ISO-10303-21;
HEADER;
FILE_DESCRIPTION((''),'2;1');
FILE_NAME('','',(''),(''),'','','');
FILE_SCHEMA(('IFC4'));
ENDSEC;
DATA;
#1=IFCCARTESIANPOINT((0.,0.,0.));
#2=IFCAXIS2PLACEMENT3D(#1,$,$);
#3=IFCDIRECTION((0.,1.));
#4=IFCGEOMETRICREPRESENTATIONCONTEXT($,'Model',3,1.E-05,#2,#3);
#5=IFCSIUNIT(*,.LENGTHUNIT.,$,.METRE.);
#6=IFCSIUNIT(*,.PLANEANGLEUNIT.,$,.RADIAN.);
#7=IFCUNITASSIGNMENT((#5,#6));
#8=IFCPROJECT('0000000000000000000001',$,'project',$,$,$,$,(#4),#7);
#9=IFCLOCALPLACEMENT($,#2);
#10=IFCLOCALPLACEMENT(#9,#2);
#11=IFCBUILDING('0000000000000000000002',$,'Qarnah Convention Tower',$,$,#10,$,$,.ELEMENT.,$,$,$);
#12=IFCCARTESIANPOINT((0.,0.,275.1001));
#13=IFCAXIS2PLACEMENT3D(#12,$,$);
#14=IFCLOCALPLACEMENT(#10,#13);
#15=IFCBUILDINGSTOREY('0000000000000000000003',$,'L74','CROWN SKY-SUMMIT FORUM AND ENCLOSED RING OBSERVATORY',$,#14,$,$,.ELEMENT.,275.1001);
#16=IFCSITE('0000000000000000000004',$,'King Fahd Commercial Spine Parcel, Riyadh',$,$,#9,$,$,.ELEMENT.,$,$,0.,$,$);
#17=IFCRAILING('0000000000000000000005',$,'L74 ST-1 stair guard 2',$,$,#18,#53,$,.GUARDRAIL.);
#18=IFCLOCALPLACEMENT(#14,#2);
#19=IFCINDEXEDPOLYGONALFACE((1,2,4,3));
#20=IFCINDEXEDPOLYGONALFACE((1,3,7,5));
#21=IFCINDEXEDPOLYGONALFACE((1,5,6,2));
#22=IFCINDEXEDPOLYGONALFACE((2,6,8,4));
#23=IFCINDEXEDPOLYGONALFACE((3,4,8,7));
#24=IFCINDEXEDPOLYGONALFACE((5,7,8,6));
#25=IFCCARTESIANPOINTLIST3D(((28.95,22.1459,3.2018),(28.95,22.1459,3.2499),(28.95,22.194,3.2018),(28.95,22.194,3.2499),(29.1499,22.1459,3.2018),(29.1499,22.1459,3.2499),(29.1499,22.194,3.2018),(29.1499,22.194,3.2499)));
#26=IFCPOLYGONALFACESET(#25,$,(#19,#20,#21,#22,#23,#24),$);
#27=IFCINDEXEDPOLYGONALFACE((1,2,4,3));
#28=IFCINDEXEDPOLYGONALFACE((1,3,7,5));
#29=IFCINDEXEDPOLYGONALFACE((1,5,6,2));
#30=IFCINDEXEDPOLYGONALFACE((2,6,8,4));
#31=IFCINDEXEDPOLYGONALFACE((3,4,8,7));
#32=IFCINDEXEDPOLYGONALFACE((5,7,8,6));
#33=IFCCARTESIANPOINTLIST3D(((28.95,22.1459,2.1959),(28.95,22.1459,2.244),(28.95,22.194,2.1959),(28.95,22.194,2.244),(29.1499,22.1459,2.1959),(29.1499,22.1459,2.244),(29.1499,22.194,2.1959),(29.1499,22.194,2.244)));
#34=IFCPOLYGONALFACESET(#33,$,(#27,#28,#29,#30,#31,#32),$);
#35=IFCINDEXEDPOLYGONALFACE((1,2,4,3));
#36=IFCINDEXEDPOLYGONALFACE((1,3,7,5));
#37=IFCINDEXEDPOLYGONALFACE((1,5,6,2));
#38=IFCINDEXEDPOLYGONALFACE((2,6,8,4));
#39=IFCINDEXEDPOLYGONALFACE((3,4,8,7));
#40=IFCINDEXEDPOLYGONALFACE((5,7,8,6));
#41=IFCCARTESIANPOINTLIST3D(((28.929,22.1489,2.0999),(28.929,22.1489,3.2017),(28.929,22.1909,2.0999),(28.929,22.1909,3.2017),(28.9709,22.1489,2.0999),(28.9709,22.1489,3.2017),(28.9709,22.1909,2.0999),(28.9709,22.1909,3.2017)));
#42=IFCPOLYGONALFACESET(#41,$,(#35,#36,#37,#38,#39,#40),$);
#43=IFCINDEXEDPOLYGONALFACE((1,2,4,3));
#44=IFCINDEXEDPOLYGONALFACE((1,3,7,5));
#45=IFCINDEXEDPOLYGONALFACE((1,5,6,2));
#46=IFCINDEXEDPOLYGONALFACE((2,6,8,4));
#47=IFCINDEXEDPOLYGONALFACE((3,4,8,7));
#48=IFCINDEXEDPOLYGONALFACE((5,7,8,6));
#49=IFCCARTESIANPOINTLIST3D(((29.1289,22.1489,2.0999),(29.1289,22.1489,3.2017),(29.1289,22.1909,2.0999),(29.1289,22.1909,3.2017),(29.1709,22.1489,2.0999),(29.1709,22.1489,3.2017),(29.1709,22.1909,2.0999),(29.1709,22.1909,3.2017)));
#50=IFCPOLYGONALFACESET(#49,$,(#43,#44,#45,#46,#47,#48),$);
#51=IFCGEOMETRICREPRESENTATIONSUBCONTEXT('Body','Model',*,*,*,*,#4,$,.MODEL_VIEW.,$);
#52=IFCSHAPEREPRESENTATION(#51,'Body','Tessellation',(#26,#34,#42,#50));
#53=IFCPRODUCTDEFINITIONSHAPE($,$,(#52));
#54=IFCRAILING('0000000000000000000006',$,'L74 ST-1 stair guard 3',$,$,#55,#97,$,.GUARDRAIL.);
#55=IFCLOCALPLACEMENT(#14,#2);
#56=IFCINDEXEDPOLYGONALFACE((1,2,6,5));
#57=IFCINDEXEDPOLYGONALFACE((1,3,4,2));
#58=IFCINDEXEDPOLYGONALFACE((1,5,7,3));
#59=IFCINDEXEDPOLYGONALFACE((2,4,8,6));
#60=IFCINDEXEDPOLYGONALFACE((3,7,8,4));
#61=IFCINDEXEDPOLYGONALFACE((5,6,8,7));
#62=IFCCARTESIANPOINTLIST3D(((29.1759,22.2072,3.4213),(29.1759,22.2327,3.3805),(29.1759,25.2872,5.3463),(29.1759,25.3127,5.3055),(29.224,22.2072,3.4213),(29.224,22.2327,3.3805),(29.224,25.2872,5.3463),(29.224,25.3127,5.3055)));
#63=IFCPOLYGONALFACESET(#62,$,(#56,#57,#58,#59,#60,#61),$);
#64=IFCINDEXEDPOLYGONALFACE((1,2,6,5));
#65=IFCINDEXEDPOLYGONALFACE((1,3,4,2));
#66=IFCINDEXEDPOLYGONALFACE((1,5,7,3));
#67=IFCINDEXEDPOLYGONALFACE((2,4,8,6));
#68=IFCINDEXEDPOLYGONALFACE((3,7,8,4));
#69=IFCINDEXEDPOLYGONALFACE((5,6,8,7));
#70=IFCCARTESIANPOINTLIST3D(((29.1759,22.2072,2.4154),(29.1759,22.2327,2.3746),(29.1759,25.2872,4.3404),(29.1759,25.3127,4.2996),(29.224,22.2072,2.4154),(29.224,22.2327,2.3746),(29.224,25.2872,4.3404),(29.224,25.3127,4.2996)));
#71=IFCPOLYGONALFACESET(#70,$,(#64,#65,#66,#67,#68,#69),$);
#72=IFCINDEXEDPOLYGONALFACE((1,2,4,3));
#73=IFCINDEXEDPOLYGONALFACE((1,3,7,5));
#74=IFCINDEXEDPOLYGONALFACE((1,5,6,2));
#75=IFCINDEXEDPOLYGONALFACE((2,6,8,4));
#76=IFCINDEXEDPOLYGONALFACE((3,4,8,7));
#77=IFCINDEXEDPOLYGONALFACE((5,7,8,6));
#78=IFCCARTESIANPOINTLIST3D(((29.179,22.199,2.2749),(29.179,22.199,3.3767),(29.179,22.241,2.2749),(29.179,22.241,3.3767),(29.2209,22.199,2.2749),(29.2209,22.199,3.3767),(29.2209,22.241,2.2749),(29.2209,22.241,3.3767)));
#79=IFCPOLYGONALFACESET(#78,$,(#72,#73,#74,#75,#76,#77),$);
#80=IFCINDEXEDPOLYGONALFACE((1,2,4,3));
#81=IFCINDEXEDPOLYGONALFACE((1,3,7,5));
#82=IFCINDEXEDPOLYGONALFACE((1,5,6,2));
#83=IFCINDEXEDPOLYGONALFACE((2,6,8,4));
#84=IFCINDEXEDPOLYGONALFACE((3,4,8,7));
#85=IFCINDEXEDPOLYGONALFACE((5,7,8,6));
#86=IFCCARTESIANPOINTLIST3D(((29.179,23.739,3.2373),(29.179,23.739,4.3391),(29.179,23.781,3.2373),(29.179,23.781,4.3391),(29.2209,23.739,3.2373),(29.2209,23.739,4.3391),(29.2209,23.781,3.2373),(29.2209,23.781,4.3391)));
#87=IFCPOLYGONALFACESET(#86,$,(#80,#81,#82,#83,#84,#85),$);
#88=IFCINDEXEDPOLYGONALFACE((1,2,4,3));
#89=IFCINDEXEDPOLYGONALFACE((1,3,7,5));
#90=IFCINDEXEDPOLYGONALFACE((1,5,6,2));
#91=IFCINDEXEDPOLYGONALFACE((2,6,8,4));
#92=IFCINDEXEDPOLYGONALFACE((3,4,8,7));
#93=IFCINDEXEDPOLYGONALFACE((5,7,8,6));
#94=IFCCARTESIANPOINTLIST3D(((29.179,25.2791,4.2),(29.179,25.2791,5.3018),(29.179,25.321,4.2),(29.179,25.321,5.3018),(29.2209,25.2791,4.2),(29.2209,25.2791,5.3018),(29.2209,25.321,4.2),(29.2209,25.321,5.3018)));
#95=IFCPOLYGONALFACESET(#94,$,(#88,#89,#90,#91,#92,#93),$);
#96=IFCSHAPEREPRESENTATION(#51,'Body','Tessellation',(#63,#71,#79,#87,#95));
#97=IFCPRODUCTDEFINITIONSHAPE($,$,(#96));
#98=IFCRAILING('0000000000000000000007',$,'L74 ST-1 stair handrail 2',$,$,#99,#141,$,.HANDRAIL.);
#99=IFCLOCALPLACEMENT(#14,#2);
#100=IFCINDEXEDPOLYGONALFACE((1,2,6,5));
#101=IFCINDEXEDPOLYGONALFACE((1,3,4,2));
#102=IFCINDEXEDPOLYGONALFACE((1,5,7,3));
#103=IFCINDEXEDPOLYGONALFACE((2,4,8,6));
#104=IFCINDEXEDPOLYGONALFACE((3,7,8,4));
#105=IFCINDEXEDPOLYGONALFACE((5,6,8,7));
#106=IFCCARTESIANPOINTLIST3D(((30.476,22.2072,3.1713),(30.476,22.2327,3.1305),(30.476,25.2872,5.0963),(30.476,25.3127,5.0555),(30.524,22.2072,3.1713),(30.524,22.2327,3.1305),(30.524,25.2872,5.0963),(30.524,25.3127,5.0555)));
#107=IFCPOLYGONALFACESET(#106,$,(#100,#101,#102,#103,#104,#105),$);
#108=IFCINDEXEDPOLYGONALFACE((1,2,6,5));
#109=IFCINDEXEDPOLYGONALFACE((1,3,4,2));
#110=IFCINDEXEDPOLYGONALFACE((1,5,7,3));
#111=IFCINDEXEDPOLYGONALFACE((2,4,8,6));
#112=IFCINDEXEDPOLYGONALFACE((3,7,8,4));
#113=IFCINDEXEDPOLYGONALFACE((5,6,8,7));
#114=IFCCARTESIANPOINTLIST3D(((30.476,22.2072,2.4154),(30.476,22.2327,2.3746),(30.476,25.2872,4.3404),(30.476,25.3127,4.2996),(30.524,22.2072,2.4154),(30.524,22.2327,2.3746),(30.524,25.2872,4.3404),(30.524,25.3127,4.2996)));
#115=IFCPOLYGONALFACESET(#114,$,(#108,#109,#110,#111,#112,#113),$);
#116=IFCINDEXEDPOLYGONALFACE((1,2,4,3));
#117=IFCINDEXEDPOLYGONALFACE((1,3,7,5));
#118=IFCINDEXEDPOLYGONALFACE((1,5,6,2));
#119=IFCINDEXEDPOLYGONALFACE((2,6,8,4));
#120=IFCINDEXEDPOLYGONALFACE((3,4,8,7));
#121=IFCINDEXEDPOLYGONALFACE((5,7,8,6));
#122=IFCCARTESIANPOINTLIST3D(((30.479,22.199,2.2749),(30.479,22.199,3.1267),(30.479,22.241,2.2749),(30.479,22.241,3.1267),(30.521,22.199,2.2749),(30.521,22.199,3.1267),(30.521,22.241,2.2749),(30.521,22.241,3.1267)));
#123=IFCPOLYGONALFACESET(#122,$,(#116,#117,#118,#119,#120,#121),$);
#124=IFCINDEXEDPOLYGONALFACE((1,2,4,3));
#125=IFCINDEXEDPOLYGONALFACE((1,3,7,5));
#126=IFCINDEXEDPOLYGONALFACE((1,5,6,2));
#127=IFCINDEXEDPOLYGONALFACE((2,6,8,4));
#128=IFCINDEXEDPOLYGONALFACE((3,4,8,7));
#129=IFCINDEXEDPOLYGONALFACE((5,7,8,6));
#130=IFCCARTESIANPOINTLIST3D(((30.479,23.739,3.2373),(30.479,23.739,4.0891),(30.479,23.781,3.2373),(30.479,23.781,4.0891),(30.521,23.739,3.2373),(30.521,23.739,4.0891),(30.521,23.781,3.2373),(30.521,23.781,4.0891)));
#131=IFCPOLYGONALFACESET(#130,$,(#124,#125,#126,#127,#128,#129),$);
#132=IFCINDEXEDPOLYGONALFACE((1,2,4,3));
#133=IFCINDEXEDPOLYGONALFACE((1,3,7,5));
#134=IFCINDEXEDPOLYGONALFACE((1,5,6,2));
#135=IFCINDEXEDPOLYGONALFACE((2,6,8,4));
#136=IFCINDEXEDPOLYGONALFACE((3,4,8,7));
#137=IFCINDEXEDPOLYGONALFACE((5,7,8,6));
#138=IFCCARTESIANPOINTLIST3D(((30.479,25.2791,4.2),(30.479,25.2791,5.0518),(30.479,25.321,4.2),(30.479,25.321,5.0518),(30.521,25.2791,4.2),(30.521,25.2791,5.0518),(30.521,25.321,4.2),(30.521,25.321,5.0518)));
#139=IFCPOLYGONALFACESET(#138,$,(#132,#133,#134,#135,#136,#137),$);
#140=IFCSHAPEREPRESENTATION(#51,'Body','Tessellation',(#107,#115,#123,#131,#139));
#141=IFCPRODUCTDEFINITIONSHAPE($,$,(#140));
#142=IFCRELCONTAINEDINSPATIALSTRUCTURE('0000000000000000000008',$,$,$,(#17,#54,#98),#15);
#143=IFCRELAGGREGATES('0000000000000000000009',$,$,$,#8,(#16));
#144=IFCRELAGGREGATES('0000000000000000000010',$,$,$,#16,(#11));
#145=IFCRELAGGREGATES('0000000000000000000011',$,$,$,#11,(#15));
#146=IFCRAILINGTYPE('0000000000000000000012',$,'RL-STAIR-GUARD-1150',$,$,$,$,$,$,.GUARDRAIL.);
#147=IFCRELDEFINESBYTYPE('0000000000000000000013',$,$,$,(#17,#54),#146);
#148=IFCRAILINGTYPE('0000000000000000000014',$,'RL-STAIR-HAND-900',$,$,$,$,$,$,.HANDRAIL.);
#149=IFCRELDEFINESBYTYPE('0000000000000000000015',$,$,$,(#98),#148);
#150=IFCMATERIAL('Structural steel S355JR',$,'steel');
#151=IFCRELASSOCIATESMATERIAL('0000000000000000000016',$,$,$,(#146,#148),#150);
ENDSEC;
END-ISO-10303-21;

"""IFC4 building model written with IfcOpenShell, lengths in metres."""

from ifc_helpers import new_model, si_unit, direction, frame, origin, origin_2d, place, context, subcontext, project, spatial, rectangle, extrude, material, type_object, element, save


model = new_model("IFC4")

# Units and contexts
model_context = context("Model", 3, precision=1e-05, world=origin(), true_north=direction((0.0, 1.0)))
body_context = subcontext(model_context, "Body", "Model", "MODEL_VIEW")
ifc_project = project(units=[si_unit("LENGTHUNIT", "METRE"), si_unit("PLANEANGLEUNIT", "RADIAN")], contexts=[model_context])

# Site, building, storey
site_placement = place(None, origin())
site = spatial("IfcSite", under=ifc_project, at=site_placement, Name="King Fahd Commercial Spine Parcel, Riyadh", CompositionType="ELEMENT", RefElevation=0.0)
building_placement = place(site_placement, origin())
building = spatial("IfcBuilding", under=site, at=building_placement, Name="Qarnah Convention Tower", CompositionType="ELEMENT")
storey_placement = place(building_placement, frame((0.0, 0.0, 275.1001)))
storey = spatial("IfcBuildingStorey", under=building, at=storey_placement, Name="L74", Description="CROWN SKY-SUMMIT FORUM AND ENCLOSED RING OBSERVATORY", CompositionType="ELEMENT", Elevation=275.1001)

# Shared definitions
ifc_material_1 = material(Name="Structural steel S355JR", Category="steel")

# Railings
railing_type_1 = type_object("IfcRailingType", Name="RL-STAIR-GUARD-1150", PredefinedType="GUARDRAIL", material=ifc_material_1)
railing_1_placement = place(storey_placement, frame((28.95, 22.1699, 2.0999)))
element("IfcRailing", 1, at=railing_1_placement, inside=storey, type_object=railing_type_1, Name="L74 ST-1 stair guard 2", PredefinedType="GUARDRAIL", context=body_context, shape_type="SweptSolid", body=[
    extrude(rectangle(XDim=0.0481, YDim=0.0481, at=origin_2d()), frame((0.0, 0.0, 1.126), z_axis=(1.0, 0.0, 0.0), x_axis=(0.0, 1.0, 0.0)), (0.0, 0.0, 1.0), 0.2),
    extrude(rectangle(XDim=0.0481, YDim=0.0481, at=origin_2d()), frame((0.0, 0.0, 0.1201), z_axis=(1.0, 0.0, 0.0), x_axis=(0.0, 1.0, 0.0)), (0.0, 0.0, 1.0), 0.2),
    extrude(rectangle(XDim=0.042, YDim=0.042, at=origin_2d()), origin(), (0.0, 0.0, 1.0), 1.1018),
    extrude(rectangle(XDim=0.042, YDim=0.042, at=origin_2d()), frame((0.2, 0.0, 0.0)), (0.0, 0.0, 1.0), 1.1018),
])
railing_2_placement = place(storey_placement, frame((29.2, 22.22, 2.2749)))
element("IfcRailing", 2, at=railing_2_placement, inside=storey, type_object=railing_type_1, Name="L74 ST-1 stair guard 3", PredefinedType="GUARDRAIL", context=body_context, shape_type="SweptSolid", body=[
    extrude(rectangle(XDim=0.0481, YDim=0.0481, at=origin_2d()), frame((0.0, 0.0, 1.126), z_axis=(0.0, 0.847998, 0.529999), x_axis=(-1.0, 0.0, 0.0)), (0.0, 0.0, 1.0), 3.6321),
    extrude(rectangle(XDim=0.0481, YDim=0.0481, at=origin_2d()), frame((0.0, 0.0, 0.1201), z_axis=(0.0, 0.847998, 0.529999), x_axis=(-1.0, 0.0, 0.0)), (0.0, 0.0, 1.0), 3.6321),
    extrude(rectangle(XDim=0.042, YDim=0.042, at=origin_2d()), origin(), (0.0, 0.0, 1.0), 1.1018),
    extrude(rectangle(XDim=0.042, YDim=0.042, at=origin_2d()), frame((0.0, 1.54, 0.9624)), (0.0, 0.0, 1.0), 1.1018),
    extrude(rectangle(XDim=0.042, YDim=0.042, at=origin_2d()), frame((0.0, 3.0801, 1.925)), (0.0, 0.0, 1.0), 1.1018),
])
railing_type_2 = type_object("IfcRailingType", Name="RL-STAIR-HAND-900", PredefinedType="HANDRAIL", material=ifc_material_1)
railing_3_placement = place(storey_placement, frame((30.5, 22.22, 2.2749)))
element("IfcRailing", 3, at=railing_3_placement, inside=storey, type_object=railing_type_2, Name="L74 ST-1 stair handrail 2", PredefinedType="HANDRAIL", context=body_context, shape_type="SweptSolid", body=[
    extrude(rectangle(XDim=0.0481, YDim=0.0481, at=origin_2d()), frame((0.0, 0.0, 0.876), z_axis=(0.0, 0.847998, 0.529999), x_axis=(-1.0, 0.0, 0.0)), (0.0, 0.0, 1.0), 3.6321),
    extrude(rectangle(XDim=0.0481, YDim=0.0481, at=origin_2d()), frame((0.0, 0.0, 0.1201), z_axis=(0.0, 0.847998, 0.529999), x_axis=(-1.0, 0.0, 0.0)), (0.0, 0.0, 1.0), 3.6321),
    extrude(rectangle(XDim=0.042, YDim=0.042, at=origin_2d()), origin(), (0.0, 0.0, 1.0), 0.8518),
    extrude(rectangle(XDim=0.042, YDim=0.042, at=origin_2d()), frame((0.0, 1.54, 0.9624)), (0.0, 0.0, 1.0), 0.8518),
    extrude(rectangle(XDim=0.042, YDim=0.042, at=origin_2d()), frame((0.0, 3.0801, 1.925)), (0.0, 0.0, 1.0), 0.8518),
])

save(model, "model.ifc")
